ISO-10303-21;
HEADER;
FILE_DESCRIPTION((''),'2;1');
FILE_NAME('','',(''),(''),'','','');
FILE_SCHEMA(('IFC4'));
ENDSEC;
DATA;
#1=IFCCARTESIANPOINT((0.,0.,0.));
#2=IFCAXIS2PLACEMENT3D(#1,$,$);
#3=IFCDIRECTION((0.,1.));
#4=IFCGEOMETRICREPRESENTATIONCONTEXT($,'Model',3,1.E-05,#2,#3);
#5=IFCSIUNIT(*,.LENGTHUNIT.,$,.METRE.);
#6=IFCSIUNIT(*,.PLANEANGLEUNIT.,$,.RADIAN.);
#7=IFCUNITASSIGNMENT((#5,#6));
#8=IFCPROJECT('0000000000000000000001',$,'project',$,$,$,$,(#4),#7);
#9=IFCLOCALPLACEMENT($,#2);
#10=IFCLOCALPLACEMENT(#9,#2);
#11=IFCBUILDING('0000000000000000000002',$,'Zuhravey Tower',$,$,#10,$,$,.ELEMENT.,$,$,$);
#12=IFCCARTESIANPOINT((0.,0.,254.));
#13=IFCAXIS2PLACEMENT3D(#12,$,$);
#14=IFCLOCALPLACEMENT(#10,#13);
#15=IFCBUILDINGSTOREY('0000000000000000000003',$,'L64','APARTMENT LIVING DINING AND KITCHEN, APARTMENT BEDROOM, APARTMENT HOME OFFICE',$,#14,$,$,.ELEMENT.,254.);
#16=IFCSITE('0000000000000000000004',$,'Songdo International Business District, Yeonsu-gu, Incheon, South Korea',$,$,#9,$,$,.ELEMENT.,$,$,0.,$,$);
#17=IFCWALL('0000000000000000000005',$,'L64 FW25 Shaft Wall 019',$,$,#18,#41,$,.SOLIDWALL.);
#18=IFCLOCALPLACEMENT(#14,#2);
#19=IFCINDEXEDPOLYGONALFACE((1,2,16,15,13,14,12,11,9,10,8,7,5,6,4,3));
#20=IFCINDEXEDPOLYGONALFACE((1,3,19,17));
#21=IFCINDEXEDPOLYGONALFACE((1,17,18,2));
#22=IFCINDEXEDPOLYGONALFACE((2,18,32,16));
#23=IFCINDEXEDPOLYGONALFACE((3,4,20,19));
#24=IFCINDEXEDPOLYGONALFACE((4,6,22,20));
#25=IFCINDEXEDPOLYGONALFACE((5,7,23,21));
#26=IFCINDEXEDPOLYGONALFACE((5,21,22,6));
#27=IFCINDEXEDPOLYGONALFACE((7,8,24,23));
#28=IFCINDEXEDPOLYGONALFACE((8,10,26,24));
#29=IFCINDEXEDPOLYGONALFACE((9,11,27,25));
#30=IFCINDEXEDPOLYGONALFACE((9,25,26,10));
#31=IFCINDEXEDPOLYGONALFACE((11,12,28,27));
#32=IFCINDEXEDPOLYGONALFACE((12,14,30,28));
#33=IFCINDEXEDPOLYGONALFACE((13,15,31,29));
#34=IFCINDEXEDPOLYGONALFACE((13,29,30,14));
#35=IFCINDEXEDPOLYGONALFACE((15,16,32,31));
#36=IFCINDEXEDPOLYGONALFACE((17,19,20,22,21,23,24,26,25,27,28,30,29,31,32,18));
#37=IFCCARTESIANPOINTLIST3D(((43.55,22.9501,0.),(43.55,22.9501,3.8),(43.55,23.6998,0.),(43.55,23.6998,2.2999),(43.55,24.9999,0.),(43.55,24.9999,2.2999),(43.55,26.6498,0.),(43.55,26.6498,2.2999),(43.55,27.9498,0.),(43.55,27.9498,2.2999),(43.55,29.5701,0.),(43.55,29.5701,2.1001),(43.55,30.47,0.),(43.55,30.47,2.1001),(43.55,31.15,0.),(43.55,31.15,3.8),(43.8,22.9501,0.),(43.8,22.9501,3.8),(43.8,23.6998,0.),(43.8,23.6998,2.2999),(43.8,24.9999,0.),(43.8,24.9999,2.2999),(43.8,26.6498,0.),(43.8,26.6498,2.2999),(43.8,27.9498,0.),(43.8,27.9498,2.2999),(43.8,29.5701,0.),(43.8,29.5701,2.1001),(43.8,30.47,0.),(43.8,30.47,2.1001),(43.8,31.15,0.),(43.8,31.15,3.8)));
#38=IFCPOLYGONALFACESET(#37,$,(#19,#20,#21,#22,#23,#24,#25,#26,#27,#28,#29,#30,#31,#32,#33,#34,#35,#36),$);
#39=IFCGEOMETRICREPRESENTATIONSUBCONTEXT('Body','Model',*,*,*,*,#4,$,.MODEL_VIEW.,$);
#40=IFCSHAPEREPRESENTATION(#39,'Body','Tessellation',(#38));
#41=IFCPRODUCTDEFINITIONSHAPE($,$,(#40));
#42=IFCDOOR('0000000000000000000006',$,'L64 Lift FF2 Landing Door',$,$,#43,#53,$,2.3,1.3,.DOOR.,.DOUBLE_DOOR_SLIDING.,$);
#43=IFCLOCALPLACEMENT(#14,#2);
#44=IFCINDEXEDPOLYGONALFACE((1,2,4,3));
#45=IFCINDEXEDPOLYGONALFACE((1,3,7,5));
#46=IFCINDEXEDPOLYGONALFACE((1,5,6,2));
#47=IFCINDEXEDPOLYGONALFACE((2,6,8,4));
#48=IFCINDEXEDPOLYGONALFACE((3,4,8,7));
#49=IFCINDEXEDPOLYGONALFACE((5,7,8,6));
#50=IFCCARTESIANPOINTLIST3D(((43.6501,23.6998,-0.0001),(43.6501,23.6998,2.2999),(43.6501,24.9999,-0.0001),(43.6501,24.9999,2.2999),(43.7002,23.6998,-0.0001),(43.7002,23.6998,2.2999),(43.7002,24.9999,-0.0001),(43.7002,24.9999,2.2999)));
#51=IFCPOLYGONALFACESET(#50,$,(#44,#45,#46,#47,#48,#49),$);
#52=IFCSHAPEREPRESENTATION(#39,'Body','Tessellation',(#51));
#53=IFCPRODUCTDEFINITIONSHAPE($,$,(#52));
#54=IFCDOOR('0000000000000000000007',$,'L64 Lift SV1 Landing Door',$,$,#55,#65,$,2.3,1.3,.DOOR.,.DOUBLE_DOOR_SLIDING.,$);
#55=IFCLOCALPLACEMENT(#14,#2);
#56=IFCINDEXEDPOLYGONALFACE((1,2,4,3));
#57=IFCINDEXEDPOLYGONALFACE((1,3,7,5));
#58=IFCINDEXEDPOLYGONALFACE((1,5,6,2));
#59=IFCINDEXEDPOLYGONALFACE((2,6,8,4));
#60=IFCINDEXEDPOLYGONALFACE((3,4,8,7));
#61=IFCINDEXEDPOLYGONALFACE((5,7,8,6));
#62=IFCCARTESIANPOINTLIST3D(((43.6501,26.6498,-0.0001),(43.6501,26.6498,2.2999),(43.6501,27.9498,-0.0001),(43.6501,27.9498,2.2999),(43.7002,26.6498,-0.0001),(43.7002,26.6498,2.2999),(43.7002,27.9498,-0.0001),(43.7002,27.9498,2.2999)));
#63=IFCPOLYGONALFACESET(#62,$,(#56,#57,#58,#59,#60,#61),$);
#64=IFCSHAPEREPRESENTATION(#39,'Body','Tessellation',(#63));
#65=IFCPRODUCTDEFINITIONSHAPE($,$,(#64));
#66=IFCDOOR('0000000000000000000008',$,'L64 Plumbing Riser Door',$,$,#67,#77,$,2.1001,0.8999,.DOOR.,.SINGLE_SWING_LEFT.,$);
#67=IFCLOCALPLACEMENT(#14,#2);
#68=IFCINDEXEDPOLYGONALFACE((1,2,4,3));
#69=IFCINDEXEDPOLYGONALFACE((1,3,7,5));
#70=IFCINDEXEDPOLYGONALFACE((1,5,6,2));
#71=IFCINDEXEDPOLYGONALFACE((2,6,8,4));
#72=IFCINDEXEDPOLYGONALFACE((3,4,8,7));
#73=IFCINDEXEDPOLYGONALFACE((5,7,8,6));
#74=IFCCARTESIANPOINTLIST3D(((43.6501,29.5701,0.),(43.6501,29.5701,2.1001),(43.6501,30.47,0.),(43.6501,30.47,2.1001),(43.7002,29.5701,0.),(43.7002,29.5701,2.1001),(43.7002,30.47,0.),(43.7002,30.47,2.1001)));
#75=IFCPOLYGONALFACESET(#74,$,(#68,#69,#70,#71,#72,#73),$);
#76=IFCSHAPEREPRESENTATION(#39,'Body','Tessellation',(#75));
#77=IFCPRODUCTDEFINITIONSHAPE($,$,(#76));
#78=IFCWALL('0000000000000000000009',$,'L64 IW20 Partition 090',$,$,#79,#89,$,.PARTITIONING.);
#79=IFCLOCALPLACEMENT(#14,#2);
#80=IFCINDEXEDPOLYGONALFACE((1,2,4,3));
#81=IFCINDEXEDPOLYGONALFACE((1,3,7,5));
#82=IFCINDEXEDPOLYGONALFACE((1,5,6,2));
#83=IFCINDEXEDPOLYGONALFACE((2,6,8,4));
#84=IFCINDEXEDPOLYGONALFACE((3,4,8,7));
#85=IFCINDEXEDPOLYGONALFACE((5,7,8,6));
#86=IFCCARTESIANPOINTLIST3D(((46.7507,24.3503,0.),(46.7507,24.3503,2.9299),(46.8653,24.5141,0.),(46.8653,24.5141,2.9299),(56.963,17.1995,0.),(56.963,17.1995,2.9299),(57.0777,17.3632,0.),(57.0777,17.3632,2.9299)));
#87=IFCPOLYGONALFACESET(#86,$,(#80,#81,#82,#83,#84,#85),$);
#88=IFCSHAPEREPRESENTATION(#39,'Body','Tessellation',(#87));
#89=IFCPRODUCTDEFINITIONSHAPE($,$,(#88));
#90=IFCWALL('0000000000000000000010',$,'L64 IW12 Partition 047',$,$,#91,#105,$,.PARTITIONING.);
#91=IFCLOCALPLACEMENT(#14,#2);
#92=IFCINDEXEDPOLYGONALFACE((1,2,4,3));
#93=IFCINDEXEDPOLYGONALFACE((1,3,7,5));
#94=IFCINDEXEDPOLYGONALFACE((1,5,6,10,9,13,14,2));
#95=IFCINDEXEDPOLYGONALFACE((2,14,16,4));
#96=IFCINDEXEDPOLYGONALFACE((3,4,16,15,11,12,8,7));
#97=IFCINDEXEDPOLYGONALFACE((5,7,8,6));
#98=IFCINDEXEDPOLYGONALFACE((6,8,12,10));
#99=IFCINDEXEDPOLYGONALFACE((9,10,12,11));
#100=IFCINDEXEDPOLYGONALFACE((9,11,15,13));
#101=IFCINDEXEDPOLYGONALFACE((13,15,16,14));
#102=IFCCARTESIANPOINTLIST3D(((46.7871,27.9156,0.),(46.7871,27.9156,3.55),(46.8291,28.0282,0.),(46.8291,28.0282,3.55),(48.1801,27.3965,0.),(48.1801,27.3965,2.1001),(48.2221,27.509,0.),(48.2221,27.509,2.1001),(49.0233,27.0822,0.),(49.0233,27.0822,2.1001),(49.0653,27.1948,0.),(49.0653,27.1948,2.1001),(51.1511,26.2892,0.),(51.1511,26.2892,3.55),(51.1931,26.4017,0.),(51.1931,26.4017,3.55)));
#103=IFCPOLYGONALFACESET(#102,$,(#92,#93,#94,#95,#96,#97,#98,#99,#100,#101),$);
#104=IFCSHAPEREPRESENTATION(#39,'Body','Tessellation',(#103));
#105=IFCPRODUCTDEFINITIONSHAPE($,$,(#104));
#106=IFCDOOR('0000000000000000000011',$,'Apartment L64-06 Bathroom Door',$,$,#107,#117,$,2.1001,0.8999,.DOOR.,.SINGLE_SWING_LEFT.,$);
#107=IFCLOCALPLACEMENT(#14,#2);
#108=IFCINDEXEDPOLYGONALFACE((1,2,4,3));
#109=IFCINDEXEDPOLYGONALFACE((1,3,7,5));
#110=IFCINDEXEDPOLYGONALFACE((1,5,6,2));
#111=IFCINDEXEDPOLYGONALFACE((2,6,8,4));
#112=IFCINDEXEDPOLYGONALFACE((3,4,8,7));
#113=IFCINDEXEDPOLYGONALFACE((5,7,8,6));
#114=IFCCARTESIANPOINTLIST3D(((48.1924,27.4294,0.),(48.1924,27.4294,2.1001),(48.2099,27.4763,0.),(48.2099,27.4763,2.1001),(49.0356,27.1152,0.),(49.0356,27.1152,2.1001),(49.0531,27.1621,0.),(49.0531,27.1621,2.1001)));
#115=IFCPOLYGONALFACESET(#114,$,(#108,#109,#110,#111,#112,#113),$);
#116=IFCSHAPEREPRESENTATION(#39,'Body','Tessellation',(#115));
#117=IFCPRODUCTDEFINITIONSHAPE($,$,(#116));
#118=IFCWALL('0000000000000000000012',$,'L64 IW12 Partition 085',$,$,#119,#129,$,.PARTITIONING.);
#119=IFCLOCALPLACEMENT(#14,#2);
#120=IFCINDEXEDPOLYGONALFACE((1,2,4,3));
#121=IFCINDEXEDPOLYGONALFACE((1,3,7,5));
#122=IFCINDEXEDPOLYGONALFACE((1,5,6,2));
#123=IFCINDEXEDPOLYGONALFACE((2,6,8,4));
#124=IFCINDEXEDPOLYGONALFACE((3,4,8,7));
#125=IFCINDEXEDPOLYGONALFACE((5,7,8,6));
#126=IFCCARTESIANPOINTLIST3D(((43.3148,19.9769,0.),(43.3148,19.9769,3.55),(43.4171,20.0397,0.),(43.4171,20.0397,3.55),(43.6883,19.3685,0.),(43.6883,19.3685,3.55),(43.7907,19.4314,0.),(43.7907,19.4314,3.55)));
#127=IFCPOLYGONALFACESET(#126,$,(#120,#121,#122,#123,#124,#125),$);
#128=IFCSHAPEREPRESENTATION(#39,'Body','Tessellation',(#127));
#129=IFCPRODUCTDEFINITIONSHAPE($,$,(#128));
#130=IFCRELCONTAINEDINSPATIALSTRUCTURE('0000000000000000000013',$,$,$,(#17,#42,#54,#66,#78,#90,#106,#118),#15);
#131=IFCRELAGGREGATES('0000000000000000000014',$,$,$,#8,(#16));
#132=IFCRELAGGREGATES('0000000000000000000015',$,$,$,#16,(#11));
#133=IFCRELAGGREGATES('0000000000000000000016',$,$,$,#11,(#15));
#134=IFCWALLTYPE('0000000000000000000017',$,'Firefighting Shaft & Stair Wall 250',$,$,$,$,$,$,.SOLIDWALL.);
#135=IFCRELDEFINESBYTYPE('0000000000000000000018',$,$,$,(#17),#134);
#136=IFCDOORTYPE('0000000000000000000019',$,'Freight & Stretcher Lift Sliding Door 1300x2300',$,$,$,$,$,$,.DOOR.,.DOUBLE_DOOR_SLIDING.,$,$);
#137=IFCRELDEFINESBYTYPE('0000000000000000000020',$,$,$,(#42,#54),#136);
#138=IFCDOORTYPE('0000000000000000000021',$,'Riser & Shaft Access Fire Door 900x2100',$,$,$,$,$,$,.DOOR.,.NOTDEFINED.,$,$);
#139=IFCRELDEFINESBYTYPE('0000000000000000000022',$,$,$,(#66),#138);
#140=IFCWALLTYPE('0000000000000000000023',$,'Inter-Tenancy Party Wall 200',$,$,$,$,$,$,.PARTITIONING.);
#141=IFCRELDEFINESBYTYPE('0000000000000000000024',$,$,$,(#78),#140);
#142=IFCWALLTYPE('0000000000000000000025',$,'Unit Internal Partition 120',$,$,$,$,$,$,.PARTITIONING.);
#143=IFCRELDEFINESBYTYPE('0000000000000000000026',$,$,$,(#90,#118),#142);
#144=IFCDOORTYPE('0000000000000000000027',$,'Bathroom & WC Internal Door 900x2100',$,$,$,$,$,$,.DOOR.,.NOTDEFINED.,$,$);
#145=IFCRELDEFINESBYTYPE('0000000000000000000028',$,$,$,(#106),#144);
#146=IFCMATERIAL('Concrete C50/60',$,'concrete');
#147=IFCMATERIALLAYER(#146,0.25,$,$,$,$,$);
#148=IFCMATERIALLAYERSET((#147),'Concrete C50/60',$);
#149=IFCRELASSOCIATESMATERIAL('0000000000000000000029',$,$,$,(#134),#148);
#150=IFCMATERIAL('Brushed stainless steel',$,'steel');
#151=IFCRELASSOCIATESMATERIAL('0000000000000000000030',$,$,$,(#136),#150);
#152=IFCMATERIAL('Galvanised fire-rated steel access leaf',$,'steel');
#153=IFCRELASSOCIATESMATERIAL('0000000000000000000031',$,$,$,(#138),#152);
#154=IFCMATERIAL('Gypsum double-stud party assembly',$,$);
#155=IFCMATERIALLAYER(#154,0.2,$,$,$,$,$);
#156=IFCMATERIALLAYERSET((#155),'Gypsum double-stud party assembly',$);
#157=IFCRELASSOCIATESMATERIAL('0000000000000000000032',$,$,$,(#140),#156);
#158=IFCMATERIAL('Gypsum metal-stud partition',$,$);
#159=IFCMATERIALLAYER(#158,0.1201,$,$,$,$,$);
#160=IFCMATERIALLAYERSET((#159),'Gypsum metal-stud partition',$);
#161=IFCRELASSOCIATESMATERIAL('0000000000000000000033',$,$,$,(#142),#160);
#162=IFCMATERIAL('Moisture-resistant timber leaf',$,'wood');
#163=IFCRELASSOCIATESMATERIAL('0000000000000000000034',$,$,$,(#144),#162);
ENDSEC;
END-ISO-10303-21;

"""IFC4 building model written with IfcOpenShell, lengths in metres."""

from ifc_helpers import new_model, si_unit, direction, frame, frame_2d, origin, place, context, subcontext, project, spatial, rectangle, extrude, material, layer, layer_set, type_object, element, fill, save


model = new_model("IFC4")

# Units and contexts
model_context = context("Model", 3, precision=1e-05, world=origin(), true_north=direction((0.0, 1.0)))
body_context = subcontext(model_context, "Body", "Model", "MODEL_VIEW")
ifc_project = project(units=[si_unit("LENGTHUNIT", "METRE"), si_unit("PLANEANGLEUNIT", "RADIAN")], contexts=[model_context])

# Site, building, storey
site_placement = place(None, origin())
site = spatial("IfcSite", under=ifc_project, at=site_placement, Name="Songdo International Business District, Yeonsu-gu, Incheon, South Korea", CompositionType="ELEMENT", RefElevation=0.0)
building_placement = place(site_placement, origin())
building = spatial("IfcBuilding", under=site, at=building_placement, Name="Zuhravey Tower", CompositionType="ELEMENT")
storey_placement = place(building_placement, frame((0.0, 0.0, 254.0)))
storey = spatial("IfcBuildingStorey", under=building, at=storey_placement, Name="L64", Description="APARTMENT LIVING DINING AND KITCHEN, APARTMENT BEDROOM, APARTMENT HOME OFFICE", CompositionType="ELEMENT", Elevation=254.0)

# Shared definitions
ifc_material_1 = material(Name="Concrete C50/60", Category="concrete")

# Shared definitions
ifc_layer_1 = layer(ifc_material_1, 0.25)
ifc_layer_set_1 = layer_set([ifc_layer_1], Name="Concrete C50/60")
wall_type_1 = type_object("IfcWallType", Name="Firefighting Shaft & Stair Wall 250", PredefinedType="SOLIDWALL", material=ifc_layer_set_1)

# Wall, openings, doors
wall_1_placement = place(storey_placement, frame((43.675, 22.95, 0.0), z_axis=(0.0, 0.0, 1.0), x_axis=(0.0, 1.0, 0.0)))
wall_1 = element("IfcWall", 1, at=wall_1_placement, inside=storey, type_object=wall_type_1, Name="L64 FW25 Shaft Wall 019", PredefinedType="SOLIDWALL", context=body_context, shape_type="SweptSolid", body=[
    extrude(rectangle(XDim=8.2, YDim=0.25, at=frame_2d((4.1001, 0.0))), origin(), (0.0, 0.0, 1.0), 3.8),
])
opening_1_placement = place(wall_1_placement, frame((0.75, 0.0, 0.0)))
opening_1 = element("IfcOpeningElement", 2, at=opening_1_placement, cuts=wall_1, PredefinedType="OPENING", context=body_context, shape_type="SweptSolid", body=[
    extrude(rectangle(XDim=1.3, YDim=2.3, at=frame_2d((0.6499, 1.1499))), frame((0.0, 0.137, 0.0), z_axis=(0.0, -1.0, 0.0), x_axis=(1.0, 0.0, 0.0)), (0.0, 0.0, 1.0), 0.2739),
])
opening_2_placement = place(wall_1_placement, frame((3.7, 0.0, 0.0)))
opening_2 = element("IfcOpeningElement", 3, at=opening_2_placement, cuts=wall_1, PredefinedType="OPENING", context=body_context, shape_type="SweptSolid", body=[
    extrude(rectangle(XDim=1.3, YDim=2.3, at=frame_2d((0.6499, 1.1499))), frame((0.0, 0.137, 0.0), z_axis=(0.0, -1.0, 0.0), x_axis=(1.0, 0.0, 0.0)), (0.0, 0.0, 1.0), 0.2739),
])
opening_3_placement = place(wall_1_placement, frame((6.6201, 0.0, 0.0)))
opening_3 = element("IfcOpeningElement", 4, at=opening_3_placement, cuts=wall_1, PredefinedType="OPENING", context=body_context, shape_type="SweptSolid", body=[
    extrude(rectangle(XDim=0.8999, YDim=2.1001, at=frame_2d((0.45, 1.05))), frame((0.0, 0.137, 0.0), z_axis=(0.0, -1.0, 0.0), x_axis=(1.0, 0.0, 0.0)), (0.0, 0.0, 1.0), 0.2739),
])
ifc_material_2 = material(Name="Brushed stainless steel", Category="steel")
door_type_1 = type_object("IfcDoorType", Name="Freight & Stretcher Lift Sliding Door 1300x2300", OperationType="DOUBLE_DOOR_SLIDING", PredefinedType="DOOR", material=ifc_material_2)
door_1_placement = place(opening_1_placement, origin())
door_1 = element("IfcDoor", 5, at=door_1_placement, inside=storey, type_object=door_type_1, Name="L64 Lift FF2 Landing Door", OperationType="DOUBLE_DOOR_SLIDING", OverallHeight=2.3, OverallWidth=1.3, PredefinedType="DOOR", context=body_context, shape_type="SweptSolid", body=[
    extrude(rectangle(XDim=1.3, YDim=2.3, at=frame_2d((0.6499, 1.1499))), frame((0.0, 0.0249, 0.0), z_axis=(0.0, -1.0, 0.0), x_axis=(1.0, 0.0, 0.0)), (0.0, 0.0, 1.0), 0.05),
])
fill(opening_1, door_1)
door_2_placement = place(opening_2_placement, origin())
door_2 = element("IfcDoor", 6, at=door_2_placement, inside=storey, type_object=door_type_1, Name="L64 Lift SV1 Landing Door", OperationType="DOUBLE_DOOR_SLIDING", OverallHeight=2.3, OverallWidth=1.3, PredefinedType="DOOR", context=body_context, shape_type="SweptSolid", body=[
    extrude(rectangle(XDim=1.3, YDim=2.3, at=frame_2d((0.6499, 1.1499))), frame((0.0, 0.0249, 0.0), z_axis=(0.0, -1.0, 0.0), x_axis=(1.0, 0.0, 0.0)), (0.0, 0.0, 1.0), 0.05),
])
fill(opening_2, door_2)
ifc_material_3 = material(Name="Galvanised fire-rated steel access leaf", Category="steel")
door_type_2 = type_object("IfcDoorType", Name="Riser & Shaft Access Fire Door 900x2100", OperationType="NOTDEFINED", PredefinedType="DOOR", material=ifc_material_3)
door_3_placement = place(opening_3_placement, origin())
door_3 = element("IfcDoor", 7, at=door_3_placement, inside=storey, type_object=door_type_2, Name="L64 Plumbing Riser Door", OperationType="SINGLE_SWING_LEFT", OverallHeight=2.1001, OverallWidth=0.8999, PredefinedType="DOOR", context=body_context, shape_type="SweptSolid", body=[
    extrude(rectangle(XDim=0.8999, YDim=2.1001, at=frame_2d((0.45, 1.05))), frame((0.0, 0.0249, 0.0), z_axis=(0.0, -1.0, 0.0), x_axis=(1.0, 0.0, 0.0)), (0.0, 0.0, 1.0), 0.05),
])
fill(opening_3, door_3)

# Wall
ifc_material_4 = material(Name="Gypsum double-stud party assembly")
ifc_layer_2 = layer(ifc_material_4, 0.2)
ifc_layer_set_2 = layer_set([ifc_layer_2], Name="Gypsum double-stud party assembly")
wall_type_2 = type_object("IfcWallType", Name="Inter-Tenancy Party Wall 200", PredefinedType="PARTITIONING", material=ifc_layer_set_2)
wall_2_placement = place(storey_placement, frame((46.8081, 24.4321, 0.0), z_axis=(0.0, 0.0, 1.0), x_axis=(0.819149, -0.573581, 0.0)))
element("IfcWall", 8, at=wall_2_placement, inside=storey, type_object=wall_type_2, Name="L64 IW20 Partition 090", PredefinedType="PARTITIONING", context=body_context, shape_type="SweptSolid", body=[
    extrude(rectangle(XDim=12.467, YDim=0.2, at=frame_2d((6.2334, 0.0))), origin(), (0.0, 0.0, 1.0), 2.9299),
])

# Wall, opening, door
ifc_material_5 = material(Name="Gypsum metal-stud partition")
ifc_layer_3 = layer(ifc_material_5, 0.1201)
ifc_layer_set_3 = layer_set([ifc_layer_3], Name="Gypsum metal-stud partition")
wall_type_3 = type_object("IfcWallType", Name="Unit Internal Partition 120", PredefinedType="PARTITIONING", material=ifc_layer_set_3)
wall_3_placement = place(storey_placement, frame((46.8081, 27.9719, 0.0), z_axis=(0.0, 0.0, 1.0), x_axis=(0.937036, -0.349233, 0.0)))
wall_3 = element("IfcWall", 9, at=wall_3_placement, inside=storey, type_object=wall_type_3, Name="L64 IW12 Partition 047", PredefinedType="PARTITIONING", context=body_context, shape_type="SweptSolid", body=[
    extrude(rectangle(XDim=4.6572, YDim=0.1201, at=frame_2d((2.3286, 0.0))), origin(), (0.0, 0.0, 1.0), 3.55),
])
opening_4_placement = place(wall_3_placement, frame((1.4866, 0.0, 0.0)))
opening_4 = element("IfcOpeningElement", 10, at=opening_4_placement, cuts=wall_3, PredefinedType="OPENING", context=body_context, shape_type="SweptSolid", body=[
    extrude(rectangle(XDim=0.8999, YDim=2.1001, at=frame_2d((0.45, 1.05))), frame((0.0, 0.072, 0.0), z_axis=(0.0, -1.0, 0.0), x_axis=(1.0, 0.0, 0.0)), (0.0, 0.0, 1.0), 0.144),
])
ifc_material_6 = material(Name="Moisture-resistant timber leaf", Category="wood")
door_type_3 = type_object("IfcDoorType", Name="Bathroom & WC Internal Door 900x2100", OperationType="NOTDEFINED", PredefinedType="DOOR", material=ifc_material_6)
door_4_placement = place(opening_4_placement, frame((0.8999, 0.0, 0.0), z_axis=(0.0, 0.0, 1.0), x_axis=(-1.0, 0.0, 0.0)))
door_4 = element("IfcDoor", 11, at=door_4_placement, inside=storey, type_object=door_type_3, Name="Apartment L64-06 Bathroom Door", OperationType="SINGLE_SWING_LEFT", OverallHeight=2.1001, OverallWidth=0.8999, PredefinedType="DOOR", context=body_context, shape_type="SweptSolid", body=[
    extrude(rectangle(XDim=0.8999, YDim=2.1001, at=frame_2d((0.45, 1.05))), frame((0.0, 0.0249, 0.0), z_axis=(0.0, -1.0, 0.0), x_axis=(1.0, 0.0, 0.0)), (0.0, 0.0, 1.0), 0.05),
])
fill(opening_4, door_4)

# Wall
wall_4_placement = place(storey_placement, frame((43.366, 20.0083, 0.0), z_axis=(0.0, 0.0, 1.0), x_axis=(0.523219, -0.852198, 0.0)))
element("IfcWall", 12, at=wall_4_placement, inside=storey, type_object=wall_type_3, Name="L64 IW12 Partition 085", PredefinedType="PARTITIONING", context=body_context, shape_type="SweptSolid", body=[
    extrude(rectangle(XDim=0.7139, YDim=0.1201, at=frame_2d((0.3569, 0.0))), origin(), (0.0, 0.0, 1.0), 3.55),
])

save(model, "model.ifc")
